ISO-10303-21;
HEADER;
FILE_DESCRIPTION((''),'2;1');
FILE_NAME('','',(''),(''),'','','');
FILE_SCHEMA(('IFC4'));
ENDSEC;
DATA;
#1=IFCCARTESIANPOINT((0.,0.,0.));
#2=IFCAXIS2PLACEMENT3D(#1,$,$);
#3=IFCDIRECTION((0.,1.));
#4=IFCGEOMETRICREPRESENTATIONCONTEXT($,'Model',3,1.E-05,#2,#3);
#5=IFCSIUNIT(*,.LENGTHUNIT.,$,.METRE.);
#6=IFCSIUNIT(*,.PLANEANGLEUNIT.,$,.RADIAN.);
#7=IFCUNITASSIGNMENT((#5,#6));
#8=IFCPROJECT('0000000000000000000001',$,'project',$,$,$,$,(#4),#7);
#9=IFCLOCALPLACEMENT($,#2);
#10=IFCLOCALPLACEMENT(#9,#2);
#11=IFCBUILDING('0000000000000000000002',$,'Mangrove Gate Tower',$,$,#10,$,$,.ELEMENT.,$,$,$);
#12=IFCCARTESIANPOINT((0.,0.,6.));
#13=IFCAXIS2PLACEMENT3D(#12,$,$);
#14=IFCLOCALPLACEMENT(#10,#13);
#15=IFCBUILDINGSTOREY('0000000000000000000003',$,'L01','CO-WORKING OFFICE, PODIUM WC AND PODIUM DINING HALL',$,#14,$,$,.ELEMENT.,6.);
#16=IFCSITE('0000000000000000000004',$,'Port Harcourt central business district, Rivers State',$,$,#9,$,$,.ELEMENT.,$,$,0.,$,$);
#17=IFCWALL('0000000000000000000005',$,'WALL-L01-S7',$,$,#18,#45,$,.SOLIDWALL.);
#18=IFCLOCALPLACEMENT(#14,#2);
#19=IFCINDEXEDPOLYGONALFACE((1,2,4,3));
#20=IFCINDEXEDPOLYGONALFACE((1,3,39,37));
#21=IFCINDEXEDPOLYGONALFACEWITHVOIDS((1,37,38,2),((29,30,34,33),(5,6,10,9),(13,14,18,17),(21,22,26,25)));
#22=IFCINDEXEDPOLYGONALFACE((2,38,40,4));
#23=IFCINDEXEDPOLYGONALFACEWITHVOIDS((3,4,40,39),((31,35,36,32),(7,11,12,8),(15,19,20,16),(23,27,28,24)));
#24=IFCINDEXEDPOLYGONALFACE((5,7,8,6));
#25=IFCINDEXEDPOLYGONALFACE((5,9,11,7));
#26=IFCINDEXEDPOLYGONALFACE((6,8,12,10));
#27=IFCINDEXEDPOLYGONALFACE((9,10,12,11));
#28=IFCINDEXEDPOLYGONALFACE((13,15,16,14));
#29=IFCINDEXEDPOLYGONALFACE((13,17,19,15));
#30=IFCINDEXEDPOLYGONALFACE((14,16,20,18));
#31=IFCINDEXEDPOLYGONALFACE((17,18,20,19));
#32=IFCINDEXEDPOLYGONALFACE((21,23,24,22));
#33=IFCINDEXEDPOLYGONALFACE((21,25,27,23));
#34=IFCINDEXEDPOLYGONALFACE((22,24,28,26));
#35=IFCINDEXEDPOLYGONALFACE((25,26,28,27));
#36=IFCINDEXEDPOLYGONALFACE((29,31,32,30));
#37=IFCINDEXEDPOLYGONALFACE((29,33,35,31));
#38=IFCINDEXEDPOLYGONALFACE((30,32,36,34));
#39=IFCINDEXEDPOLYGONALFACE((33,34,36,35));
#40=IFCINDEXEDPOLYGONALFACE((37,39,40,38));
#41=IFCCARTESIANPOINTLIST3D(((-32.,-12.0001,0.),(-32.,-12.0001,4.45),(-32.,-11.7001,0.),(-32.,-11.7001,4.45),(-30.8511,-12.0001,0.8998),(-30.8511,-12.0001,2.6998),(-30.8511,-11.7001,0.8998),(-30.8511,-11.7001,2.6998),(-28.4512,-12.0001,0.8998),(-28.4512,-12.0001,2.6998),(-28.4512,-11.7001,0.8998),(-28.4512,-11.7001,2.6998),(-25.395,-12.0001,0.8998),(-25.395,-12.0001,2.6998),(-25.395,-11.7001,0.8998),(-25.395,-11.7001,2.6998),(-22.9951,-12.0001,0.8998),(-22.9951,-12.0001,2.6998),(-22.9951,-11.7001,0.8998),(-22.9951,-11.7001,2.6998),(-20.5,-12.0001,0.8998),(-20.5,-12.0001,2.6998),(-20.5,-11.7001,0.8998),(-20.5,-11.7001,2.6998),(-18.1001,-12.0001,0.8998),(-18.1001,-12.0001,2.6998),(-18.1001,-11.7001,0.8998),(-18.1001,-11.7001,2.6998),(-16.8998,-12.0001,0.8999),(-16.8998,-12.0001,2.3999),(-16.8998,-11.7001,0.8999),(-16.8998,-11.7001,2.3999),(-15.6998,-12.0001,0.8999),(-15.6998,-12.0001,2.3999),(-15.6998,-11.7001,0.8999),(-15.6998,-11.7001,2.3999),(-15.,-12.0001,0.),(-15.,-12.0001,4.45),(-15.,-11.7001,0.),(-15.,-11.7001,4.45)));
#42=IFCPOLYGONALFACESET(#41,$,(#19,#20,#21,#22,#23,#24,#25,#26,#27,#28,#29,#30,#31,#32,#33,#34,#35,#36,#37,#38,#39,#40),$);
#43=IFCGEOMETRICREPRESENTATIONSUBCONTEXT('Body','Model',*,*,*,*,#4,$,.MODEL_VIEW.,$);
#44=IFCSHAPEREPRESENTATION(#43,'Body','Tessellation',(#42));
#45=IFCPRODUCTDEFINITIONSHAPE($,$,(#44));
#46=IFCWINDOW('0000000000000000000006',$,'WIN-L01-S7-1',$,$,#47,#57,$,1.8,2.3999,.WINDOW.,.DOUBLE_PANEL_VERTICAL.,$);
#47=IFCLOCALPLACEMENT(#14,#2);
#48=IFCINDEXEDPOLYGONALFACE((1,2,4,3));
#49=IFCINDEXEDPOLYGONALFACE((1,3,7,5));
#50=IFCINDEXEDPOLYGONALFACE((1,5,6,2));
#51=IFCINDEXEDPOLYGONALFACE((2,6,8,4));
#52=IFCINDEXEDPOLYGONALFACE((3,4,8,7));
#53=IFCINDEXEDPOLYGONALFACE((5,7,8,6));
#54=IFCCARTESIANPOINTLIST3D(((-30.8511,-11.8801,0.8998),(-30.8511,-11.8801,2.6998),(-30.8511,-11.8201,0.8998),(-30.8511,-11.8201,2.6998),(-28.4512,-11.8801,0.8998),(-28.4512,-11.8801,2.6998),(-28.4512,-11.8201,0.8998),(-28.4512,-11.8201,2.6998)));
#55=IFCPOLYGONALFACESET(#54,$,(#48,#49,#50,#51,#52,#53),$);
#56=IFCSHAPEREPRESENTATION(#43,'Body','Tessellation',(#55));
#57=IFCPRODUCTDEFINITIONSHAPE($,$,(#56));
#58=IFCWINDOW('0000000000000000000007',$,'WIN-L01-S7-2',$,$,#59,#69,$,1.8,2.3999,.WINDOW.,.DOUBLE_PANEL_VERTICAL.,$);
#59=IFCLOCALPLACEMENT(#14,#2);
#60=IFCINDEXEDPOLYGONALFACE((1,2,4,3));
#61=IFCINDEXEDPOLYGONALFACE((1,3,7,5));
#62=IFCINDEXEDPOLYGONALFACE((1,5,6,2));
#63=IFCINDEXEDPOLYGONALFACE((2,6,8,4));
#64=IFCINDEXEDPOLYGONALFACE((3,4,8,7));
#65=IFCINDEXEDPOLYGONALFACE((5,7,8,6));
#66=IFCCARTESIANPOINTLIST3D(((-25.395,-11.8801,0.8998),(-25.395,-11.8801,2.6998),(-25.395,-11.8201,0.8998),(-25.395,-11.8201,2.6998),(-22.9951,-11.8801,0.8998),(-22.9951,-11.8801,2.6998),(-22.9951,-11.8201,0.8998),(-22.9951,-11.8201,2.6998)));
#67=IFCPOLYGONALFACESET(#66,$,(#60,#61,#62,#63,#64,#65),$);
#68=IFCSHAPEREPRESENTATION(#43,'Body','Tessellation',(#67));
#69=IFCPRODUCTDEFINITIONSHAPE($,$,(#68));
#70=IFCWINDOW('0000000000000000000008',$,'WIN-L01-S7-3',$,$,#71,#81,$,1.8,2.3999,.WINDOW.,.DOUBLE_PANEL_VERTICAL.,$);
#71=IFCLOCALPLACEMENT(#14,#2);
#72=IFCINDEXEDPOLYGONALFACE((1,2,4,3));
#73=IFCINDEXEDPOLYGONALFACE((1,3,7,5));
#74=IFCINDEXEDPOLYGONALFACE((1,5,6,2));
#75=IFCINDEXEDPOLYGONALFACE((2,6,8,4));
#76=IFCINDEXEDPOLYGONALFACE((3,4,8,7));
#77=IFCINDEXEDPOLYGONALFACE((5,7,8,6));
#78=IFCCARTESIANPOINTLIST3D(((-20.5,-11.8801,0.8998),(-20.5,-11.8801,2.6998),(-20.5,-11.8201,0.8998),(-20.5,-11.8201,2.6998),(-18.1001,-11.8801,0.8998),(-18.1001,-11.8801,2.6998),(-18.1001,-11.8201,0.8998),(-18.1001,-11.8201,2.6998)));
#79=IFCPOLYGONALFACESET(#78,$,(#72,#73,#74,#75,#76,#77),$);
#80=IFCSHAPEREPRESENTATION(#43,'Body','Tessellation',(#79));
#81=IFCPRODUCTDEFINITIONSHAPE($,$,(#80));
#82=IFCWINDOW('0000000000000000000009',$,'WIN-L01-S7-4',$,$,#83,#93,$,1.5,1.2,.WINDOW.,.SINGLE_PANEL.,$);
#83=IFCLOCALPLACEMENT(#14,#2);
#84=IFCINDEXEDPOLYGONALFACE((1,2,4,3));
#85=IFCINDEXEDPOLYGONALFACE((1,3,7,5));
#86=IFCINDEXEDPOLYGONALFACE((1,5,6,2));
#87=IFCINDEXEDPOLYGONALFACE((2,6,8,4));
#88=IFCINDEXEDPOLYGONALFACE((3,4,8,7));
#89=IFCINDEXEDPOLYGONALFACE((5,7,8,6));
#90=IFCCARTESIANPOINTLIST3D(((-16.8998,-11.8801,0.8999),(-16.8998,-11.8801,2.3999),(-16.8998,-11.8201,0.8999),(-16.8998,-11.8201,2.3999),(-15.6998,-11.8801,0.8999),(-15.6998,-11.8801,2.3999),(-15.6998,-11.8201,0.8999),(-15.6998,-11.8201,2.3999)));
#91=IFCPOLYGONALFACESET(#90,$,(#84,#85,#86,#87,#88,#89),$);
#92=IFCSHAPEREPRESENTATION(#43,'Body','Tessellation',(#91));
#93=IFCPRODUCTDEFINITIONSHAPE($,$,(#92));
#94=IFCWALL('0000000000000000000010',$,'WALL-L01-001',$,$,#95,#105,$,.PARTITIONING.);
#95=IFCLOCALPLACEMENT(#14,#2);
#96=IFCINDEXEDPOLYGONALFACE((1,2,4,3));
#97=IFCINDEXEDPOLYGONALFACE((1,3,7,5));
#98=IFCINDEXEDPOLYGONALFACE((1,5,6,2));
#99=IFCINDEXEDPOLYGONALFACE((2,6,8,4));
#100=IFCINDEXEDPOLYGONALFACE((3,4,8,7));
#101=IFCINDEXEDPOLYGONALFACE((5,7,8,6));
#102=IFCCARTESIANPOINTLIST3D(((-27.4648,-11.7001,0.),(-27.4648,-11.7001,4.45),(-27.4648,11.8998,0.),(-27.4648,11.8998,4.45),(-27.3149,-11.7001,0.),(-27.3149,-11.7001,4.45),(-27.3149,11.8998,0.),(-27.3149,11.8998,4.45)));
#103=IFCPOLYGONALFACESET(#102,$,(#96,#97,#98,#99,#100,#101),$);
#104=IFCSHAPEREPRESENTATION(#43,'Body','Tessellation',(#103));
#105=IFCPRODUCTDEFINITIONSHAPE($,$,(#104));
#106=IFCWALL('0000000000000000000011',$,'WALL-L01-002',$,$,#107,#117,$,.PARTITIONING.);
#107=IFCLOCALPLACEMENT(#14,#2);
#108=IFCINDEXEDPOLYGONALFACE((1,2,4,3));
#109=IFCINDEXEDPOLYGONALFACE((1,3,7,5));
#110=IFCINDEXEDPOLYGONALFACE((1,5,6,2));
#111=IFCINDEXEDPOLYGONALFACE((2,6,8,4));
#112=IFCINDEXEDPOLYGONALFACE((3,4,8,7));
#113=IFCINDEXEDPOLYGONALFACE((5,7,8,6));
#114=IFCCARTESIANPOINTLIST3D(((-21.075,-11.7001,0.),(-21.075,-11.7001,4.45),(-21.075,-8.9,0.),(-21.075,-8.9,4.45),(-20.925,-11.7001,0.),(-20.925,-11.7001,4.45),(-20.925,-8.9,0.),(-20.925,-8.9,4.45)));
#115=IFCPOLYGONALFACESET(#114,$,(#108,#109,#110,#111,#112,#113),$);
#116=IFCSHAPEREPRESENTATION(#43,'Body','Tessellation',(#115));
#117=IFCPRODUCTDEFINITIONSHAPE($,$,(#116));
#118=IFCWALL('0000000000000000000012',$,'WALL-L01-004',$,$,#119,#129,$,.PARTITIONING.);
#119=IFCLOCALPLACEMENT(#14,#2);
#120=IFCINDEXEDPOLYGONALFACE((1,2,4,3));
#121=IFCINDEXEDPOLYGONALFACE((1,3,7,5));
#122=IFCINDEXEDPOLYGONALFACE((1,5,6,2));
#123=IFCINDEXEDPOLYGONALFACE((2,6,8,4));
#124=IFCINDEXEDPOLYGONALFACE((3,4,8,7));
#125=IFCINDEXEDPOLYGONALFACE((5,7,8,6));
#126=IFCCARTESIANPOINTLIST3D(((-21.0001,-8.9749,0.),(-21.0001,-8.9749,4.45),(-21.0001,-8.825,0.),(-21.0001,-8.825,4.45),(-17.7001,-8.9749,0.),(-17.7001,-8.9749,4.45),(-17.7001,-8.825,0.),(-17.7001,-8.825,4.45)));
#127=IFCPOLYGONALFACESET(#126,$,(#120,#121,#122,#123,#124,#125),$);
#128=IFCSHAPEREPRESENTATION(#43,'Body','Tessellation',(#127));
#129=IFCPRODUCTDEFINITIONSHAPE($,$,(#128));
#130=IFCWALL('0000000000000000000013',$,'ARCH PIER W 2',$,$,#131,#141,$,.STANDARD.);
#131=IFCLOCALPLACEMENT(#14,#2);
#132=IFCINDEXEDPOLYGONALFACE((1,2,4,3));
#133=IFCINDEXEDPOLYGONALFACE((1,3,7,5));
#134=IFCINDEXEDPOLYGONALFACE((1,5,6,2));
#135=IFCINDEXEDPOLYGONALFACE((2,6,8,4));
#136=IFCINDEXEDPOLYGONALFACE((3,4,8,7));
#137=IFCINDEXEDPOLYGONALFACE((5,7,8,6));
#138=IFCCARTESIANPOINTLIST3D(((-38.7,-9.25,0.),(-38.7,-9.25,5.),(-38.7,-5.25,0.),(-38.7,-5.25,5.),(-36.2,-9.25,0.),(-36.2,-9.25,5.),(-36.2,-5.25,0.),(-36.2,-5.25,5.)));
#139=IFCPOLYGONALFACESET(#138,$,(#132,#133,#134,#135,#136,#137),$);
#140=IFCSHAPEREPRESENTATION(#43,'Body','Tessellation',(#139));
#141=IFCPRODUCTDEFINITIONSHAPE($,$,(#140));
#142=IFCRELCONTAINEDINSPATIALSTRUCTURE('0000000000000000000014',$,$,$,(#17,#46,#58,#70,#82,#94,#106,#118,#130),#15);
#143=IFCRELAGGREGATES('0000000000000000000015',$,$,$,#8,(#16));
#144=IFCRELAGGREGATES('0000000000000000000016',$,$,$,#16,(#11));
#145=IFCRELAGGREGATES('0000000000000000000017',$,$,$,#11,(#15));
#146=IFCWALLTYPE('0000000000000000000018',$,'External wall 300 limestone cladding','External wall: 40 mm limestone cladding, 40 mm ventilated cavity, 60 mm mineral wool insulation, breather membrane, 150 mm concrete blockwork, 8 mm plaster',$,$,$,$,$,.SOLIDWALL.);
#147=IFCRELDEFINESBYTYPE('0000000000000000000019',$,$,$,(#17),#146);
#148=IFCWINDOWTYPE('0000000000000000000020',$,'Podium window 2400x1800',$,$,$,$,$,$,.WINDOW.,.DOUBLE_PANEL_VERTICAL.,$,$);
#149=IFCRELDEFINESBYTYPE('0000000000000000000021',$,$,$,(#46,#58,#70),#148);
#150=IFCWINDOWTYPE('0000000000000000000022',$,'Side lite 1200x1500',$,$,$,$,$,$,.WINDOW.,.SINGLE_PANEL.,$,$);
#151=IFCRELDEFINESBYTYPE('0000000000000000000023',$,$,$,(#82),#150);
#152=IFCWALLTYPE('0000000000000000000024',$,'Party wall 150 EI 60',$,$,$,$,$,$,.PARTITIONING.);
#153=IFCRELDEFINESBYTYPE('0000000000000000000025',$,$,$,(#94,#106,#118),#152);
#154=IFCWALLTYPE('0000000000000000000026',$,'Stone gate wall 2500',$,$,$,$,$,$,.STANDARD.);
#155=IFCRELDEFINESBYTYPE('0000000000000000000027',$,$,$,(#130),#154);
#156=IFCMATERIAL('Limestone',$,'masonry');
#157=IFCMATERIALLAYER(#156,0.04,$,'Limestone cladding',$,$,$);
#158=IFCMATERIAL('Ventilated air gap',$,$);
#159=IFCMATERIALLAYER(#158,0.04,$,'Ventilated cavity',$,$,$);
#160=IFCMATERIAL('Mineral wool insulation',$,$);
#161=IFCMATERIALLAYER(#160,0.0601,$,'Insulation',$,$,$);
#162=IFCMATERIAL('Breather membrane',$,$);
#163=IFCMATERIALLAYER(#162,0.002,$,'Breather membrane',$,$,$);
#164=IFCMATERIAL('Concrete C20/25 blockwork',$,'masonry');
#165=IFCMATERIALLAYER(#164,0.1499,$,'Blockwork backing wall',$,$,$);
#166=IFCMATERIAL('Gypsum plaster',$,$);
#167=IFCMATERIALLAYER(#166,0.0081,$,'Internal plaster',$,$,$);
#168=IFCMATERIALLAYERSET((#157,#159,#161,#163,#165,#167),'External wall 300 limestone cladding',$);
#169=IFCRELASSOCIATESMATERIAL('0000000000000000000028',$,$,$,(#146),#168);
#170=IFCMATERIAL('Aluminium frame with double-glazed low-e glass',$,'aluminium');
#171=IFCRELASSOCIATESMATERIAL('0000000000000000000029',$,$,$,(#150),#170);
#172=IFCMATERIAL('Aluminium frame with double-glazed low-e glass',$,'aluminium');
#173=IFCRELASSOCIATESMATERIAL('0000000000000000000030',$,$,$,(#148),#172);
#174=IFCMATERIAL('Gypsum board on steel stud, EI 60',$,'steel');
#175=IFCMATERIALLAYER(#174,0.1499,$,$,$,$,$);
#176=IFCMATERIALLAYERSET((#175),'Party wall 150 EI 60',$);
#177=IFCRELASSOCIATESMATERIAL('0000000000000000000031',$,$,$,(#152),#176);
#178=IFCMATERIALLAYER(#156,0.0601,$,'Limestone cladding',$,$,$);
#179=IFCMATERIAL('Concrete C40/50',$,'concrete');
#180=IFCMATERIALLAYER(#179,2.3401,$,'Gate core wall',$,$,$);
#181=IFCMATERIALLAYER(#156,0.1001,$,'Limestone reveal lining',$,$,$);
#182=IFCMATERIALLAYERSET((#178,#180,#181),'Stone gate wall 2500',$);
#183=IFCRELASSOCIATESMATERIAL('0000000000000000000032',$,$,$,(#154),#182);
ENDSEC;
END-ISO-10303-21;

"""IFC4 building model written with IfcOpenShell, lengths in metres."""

from ifc_helpers import new_model, si_unit, direction, frame, frame_2d, origin, place, context, subcontext, project, spatial, rectangle, extrude, material, layer, layer_set, type_object, element, fill, save


model = new_model("IFC4")

# Units and contexts
model_context = context("Model", 3, precision=1e-05, world=origin(), true_north=direction((0.0, 1.0)))
body_context = subcontext(model_context, "Body", "Model", "MODEL_VIEW")
ifc_project = project(units=[si_unit("LENGTHUNIT", "METRE"), si_unit("PLANEANGLEUNIT", "RADIAN")], contexts=[model_context])

# Site, building, storey
site_placement = place(None, origin())
site = spatial("IfcSite", under=ifc_project, at=site_placement, Name="Port Harcourt central business district, Rivers State", CompositionType="ELEMENT", RefElevation=0.0)
building_placement = place(site_placement, origin())
building = spatial("IfcBuilding", under=site, at=building_placement, Name="Mangrove Gate Tower", CompositionType="ELEMENT")
storey_placement = place(building_placement, frame((0.0, 0.0, 6.0)))
storey = spatial("IfcBuildingStorey", under=building, at=storey_placement, Name="L01", Description="CO-WORKING OFFICE, PODIUM WC AND PODIUM DINING HALL", CompositionType="ELEMENT", Elevation=6.0)

# Shared definitions
ifc_material_1 = material(Name="Limestone", Category="masonry")
ifc_layer_1 = layer(ifc_material_1, 0.04, Name="Limestone cladding")
ifc_material_2 = material(Name="Ventilated air gap")
ifc_layer_2 = layer(ifc_material_2, 0.04, Name="Ventilated cavity")
ifc_material_3 = material(Name="Mineral wool insulation")
ifc_layer_3 = layer(ifc_material_3, 0.0601, Name="Insulation")
ifc_material_4 = material(Name="Breather membrane")
ifc_layer_4 = layer(ifc_material_4, 0.002, Name="Breather membrane")
ifc_material_5 = material(Name="Concrete C20/25 blockwork", Category="masonry")
ifc_layer_5 = layer(ifc_material_5, 0.1499, Name="Blockwork backing wall")
ifc_material_6 = material(Name="Gypsum plaster")
ifc_layer_6 = layer(ifc_material_6, 0.0081, Name="Internal plaster")
ifc_layer_set_1 = layer_set([ifc_layer_1, ifc_layer_2, ifc_layer_3, ifc_layer_4, ifc_layer_5, ifc_layer_6], Name="External wall 300 limestone cladding")
wall_type_1 = type_object("IfcWallType", Name="External wall 300 limestone cladding", Description="External wall: 40 mm limestone cladding, 40 mm ventilated cavity, 60 mm mineral wool insulation, breather membrane, 150 mm concrete blockwork, 8 mm plaster", PredefinedType="SOLIDWALL", material=ifc_layer_set_1)
ifc_material_7 = material(Name="Aluminium frame with double-glazed low-e glass", Category="aluminium")
window_type_1 = type_object("IfcWindowType", Name="Side lite 1200x1500", PartitioningType="SINGLE_PANEL", PredefinedType="WINDOW", material=ifc_material_7)

# Shared definitions
ifc_material_8 = material(Name="Aluminium frame with double-glazed low-e glass", Category="aluminium")
window_type_2 = type_object("IfcWindowType", Name="Podium window 2400x1800", PartitioningType="DOUBLE_PANEL_VERTICAL", PredefinedType="WINDOW", material=ifc_material_8)

# Wall, openings, windows
wall_1_placement = place(storey_placement, frame((-32.0, -11.8501, 0.0), z_axis=(0.0, 0.0, 1.0), x_axis=(1.0, 0.0, 0.0)))
wall_1 = element("IfcWall", 1, at=wall_1_placement, inside=storey, type_object=wall_type_1, Name="WALL-L01-S7", PredefinedType="SOLIDWALL", context=body_context, shape_type="SweptSolid", body=[
    extrude(rectangle(XDim=17.0, YDim=0.3, at=frame_2d((8.5, 0.0))), origin(), (0.0, 0.0, 1.0), 4.45),
])
opening_1_placement = place(wall_1_placement, frame((1.1489, 0.0, 0.8999)))
opening_1 = element("IfcOpeningElement", 2, at=opening_1_placement, cuts=wall_1, PredefinedType="OPENING", context=body_context, shape_type="SweptSolid", body=[
    extrude(rectangle(XDim=2.3999, YDim=1.8, at=frame_2d((1.2, 0.8999))), frame((0.0, 0.1599, 0.0), z_axis=(0.0, -1.0, 0.0), x_axis=(1.0, 0.0, 0.0)), (0.0, 0.0, 1.0), 0.3201),
])
opening_2_placement = place(wall_1_placement, frame((6.605, 0.0, 0.8999)))
opening_2 = element("IfcOpeningElement", 3, at=opening_2_placement, cuts=wall_1, PredefinedType="OPENING", context=body_context, shape_type="SweptSolid", body=[
    extrude(rectangle(XDim=2.3999, YDim=1.8, at=frame_2d((1.2, 0.8999))), frame((0.0, 0.1599, 0.0), z_axis=(0.0, -1.0, 0.0), x_axis=(1.0, 0.0, 0.0)), (0.0, 0.0, 1.0), 0.3201),
])
opening_3_placement = place(wall_1_placement, frame((11.5, 0.0, 0.8999)))
opening_3 = element("IfcOpeningElement", 4, at=opening_3_placement, cuts=wall_1, PredefinedType="OPENING", context=body_context, shape_type="SweptSolid", body=[
    extrude(rectangle(XDim=2.3999, YDim=1.8, at=frame_2d((1.2, 0.8999))), frame((0.0, 0.1599, 0.0), z_axis=(0.0, -1.0, 0.0), x_axis=(1.0, 0.0, 0.0)), (0.0, 0.0, 1.0), 0.3201),
])
opening_4_placement = place(wall_1_placement, frame((15.1001, 0.0, 0.8999)))
opening_4 = element("IfcOpeningElement", 5, at=opening_4_placement, cuts=wall_1, PredefinedType="OPENING", context=body_context, shape_type="SweptSolid", body=[
    extrude(rectangle(XDim=1.2, YDim=1.5, at=frame_2d((0.6001, 0.75))), frame((0.0, 0.1599, 0.0), z_axis=(0.0, -1.0, 0.0), x_axis=(1.0, 0.0, 0.0)), (0.0, 0.0, 1.0), 0.3201),
])
window_1_placement = place(opening_1_placement, origin())
window_1 = element("IfcWindow", 6, at=window_1_placement, inside=storey, type_object=window_type_2, Name="WIN-L01-S7-1", OverallHeight=1.8, OverallWidth=2.3999, PartitioningType="DOUBLE_PANEL_VERTICAL", PredefinedType="WINDOW", context=body_context, shape_type="SweptSolid", body=[
    extrude(rectangle(XDim=2.3999, YDim=1.8, at=frame_2d((1.2, 0.8999))), frame((0.0, 0.03, 0.0), z_axis=(0.0, -1.0, 0.0), x_axis=(1.0, 0.0, 0.0)), (0.0, 0.0, 1.0), 0.0601),
])
fill(opening_1, window_1)
window_2_placement = place(opening_2_placement, origin())
window_2 = element("IfcWindow", 7, at=window_2_placement, inside=storey, type_object=window_type_2, Name="WIN-L01-S7-2", OverallHeight=1.8, OverallWidth=2.3999, PartitioningType="DOUBLE_PANEL_VERTICAL", PredefinedType="WINDOW", context=body_context, shape_type="SweptSolid", body=[
    extrude(rectangle(XDim=2.3999, YDim=1.8, at=frame_2d((1.2, 0.8999))), frame((0.0, 0.03, 0.0), z_axis=(0.0, -1.0, 0.0), x_axis=(1.0, 0.0, 0.0)), (0.0, 0.0, 1.0), 0.0601),
])
fill(opening_2, window_2)
window_3_placement = place(opening_3_placement, origin())
window_3 = element("IfcWindow", 8, at=window_3_placement, inside=storey, type_object=window_type_2, Name="WIN-L01-S7-3", OverallHeight=1.8, OverallWidth=2.3999, PartitioningType="DOUBLE_PANEL_VERTICAL", PredefinedType="WINDOW", context=body_context, shape_type="SweptSolid", body=[
    extrude(rectangle(XDim=2.3999, YDim=1.8, at=frame_2d((1.2, 0.8999))), frame((0.0, 0.03, 0.0), z_axis=(0.0, -1.0, 0.0), x_axis=(1.0, 0.0, 0.0)), (0.0, 0.0, 1.0), 0.0601),
])
fill(opening_3, window_3)
window_4_placement = place(opening_4_placement, origin())
window_4 = element("IfcWindow", 9, at=window_4_placement, inside=storey, type_object=window_type_1, Name="WIN-L01-S7-4", OverallHeight=1.5, OverallWidth=1.2, PartitioningType="SINGLE_PANEL", PredefinedType="WINDOW", context=body_context, shape_type="SweptSolid", body=[
    extrude(rectangle(XDim=1.2, YDim=1.5, at=frame_2d((0.6001, 0.75))), frame((0.0, 0.03, 0.0), z_axis=(0.0, -1.0, 0.0), x_axis=(1.0, 0.0, 0.0)), (0.0, 0.0, 1.0), 0.0601),
])
fill(opening_4, window_4)

# Walls
ifc_material_9 = material(Name="Gypsum board on steel stud, EI 60", Category="steel")
ifc_layer_7 = layer(ifc_material_9, 0.1499)
ifc_layer_set_2 = layer_set([ifc_layer_7], Name="Party wall 150 EI 60")
wall_type_2 = type_object("IfcWallType", Name="Party wall 150 EI 60", PredefinedType="PARTITIONING", material=ifc_layer_set_2)
wall_2_placement = place(storey_placement, frame((-27.3899, -11.7, 0.0), z_axis=(0.0, 0.0, 1.0), x_axis=(0.0, 1.0, 0.0)))
element("IfcWall", 10, at=wall_2_placement, inside=storey, type_object=wall_type_2, Name="WALL-L01-001", PredefinedType="PARTITIONING", context=body_context, shape_type="SweptSolid", body=[
    extrude(rectangle(XDim=23.5999, YDim=0.1499, at=frame_2d((11.7998, 0.0))), origin(), (0.0, 0.0, 1.0), 4.45),
])
wall_3_placement = place(storey_placement, frame((-21.0, -11.7, 0.0), z_axis=(0.0, 0.0, 1.0), x_axis=(0.0, 1.0, 0.0)))
element("IfcWall", 11, at=wall_3_placement, inside=storey, type_object=wall_type_2, Name="WALL-L01-002", PredefinedType="PARTITIONING", context=body_context, shape_type="SweptSolid", body=[
    extrude(rectangle(XDim=2.8, YDim=0.1499, at=frame_2d((1.3999, 0.0))), origin(), (0.0, 0.0, 1.0), 4.45),
])
wall_4_placement = place(storey_placement, frame((-21.0, -8.8999, 0.0), z_axis=(0.0, 0.0, 1.0), x_axis=(1.0, 0.0, 0.0)))
element("IfcWall", 12, at=wall_4_placement, inside=storey, type_object=wall_type_2, Name="WALL-L01-004", PredefinedType="PARTITIONING", context=body_context, shape_type="SweptSolid", body=[
    extrude(rectangle(XDim=3.3, YDim=0.1499, at=frame_2d((1.6499, 0.0))), origin(), (0.0, 0.0, 1.0), 4.45),
])
ifc_layer_8 = layer(ifc_material_1, 0.0601, Name="Limestone cladding")
ifc_material_10 = material(Name="Concrete C40/50", Category="concrete")
ifc_layer_9 = layer(ifc_material_10, 2.3401, Name="Gate core wall")
ifc_layer_10 = layer(ifc_material_1, 0.1001, Name="Limestone reveal lining")
ifc_layer_set_3 = layer_set([ifc_layer_8, ifc_layer_9, ifc_layer_10], Name="Stone gate wall 2500")
wall_type_3 = type_object("IfcWallType", Name="Stone gate wall 2500", PredefinedType="STANDARD", material=ifc_layer_set_3)
wall_5_placement = place(storey_placement, frame((-37.45, -9.25, 0.0), z_axis=(0.0, 0.0, 1.0), x_axis=(0.0, 1.0, 0.0)))
element("IfcWall", 13, at=wall_5_placement, inside=storey, type_object=wall_type_3, Name="ARCH PIER W 2", PredefinedType="STANDARD", context=body_context, shape_type="SweptSolid", body=[
    extrude(rectangle(XDim=4.0, YDim=2.5, at=frame_2d((2.0, 0.0))), origin(), (0.0, 0.0, 1.0), 5.0),
])

save(model, "model.ifc")
